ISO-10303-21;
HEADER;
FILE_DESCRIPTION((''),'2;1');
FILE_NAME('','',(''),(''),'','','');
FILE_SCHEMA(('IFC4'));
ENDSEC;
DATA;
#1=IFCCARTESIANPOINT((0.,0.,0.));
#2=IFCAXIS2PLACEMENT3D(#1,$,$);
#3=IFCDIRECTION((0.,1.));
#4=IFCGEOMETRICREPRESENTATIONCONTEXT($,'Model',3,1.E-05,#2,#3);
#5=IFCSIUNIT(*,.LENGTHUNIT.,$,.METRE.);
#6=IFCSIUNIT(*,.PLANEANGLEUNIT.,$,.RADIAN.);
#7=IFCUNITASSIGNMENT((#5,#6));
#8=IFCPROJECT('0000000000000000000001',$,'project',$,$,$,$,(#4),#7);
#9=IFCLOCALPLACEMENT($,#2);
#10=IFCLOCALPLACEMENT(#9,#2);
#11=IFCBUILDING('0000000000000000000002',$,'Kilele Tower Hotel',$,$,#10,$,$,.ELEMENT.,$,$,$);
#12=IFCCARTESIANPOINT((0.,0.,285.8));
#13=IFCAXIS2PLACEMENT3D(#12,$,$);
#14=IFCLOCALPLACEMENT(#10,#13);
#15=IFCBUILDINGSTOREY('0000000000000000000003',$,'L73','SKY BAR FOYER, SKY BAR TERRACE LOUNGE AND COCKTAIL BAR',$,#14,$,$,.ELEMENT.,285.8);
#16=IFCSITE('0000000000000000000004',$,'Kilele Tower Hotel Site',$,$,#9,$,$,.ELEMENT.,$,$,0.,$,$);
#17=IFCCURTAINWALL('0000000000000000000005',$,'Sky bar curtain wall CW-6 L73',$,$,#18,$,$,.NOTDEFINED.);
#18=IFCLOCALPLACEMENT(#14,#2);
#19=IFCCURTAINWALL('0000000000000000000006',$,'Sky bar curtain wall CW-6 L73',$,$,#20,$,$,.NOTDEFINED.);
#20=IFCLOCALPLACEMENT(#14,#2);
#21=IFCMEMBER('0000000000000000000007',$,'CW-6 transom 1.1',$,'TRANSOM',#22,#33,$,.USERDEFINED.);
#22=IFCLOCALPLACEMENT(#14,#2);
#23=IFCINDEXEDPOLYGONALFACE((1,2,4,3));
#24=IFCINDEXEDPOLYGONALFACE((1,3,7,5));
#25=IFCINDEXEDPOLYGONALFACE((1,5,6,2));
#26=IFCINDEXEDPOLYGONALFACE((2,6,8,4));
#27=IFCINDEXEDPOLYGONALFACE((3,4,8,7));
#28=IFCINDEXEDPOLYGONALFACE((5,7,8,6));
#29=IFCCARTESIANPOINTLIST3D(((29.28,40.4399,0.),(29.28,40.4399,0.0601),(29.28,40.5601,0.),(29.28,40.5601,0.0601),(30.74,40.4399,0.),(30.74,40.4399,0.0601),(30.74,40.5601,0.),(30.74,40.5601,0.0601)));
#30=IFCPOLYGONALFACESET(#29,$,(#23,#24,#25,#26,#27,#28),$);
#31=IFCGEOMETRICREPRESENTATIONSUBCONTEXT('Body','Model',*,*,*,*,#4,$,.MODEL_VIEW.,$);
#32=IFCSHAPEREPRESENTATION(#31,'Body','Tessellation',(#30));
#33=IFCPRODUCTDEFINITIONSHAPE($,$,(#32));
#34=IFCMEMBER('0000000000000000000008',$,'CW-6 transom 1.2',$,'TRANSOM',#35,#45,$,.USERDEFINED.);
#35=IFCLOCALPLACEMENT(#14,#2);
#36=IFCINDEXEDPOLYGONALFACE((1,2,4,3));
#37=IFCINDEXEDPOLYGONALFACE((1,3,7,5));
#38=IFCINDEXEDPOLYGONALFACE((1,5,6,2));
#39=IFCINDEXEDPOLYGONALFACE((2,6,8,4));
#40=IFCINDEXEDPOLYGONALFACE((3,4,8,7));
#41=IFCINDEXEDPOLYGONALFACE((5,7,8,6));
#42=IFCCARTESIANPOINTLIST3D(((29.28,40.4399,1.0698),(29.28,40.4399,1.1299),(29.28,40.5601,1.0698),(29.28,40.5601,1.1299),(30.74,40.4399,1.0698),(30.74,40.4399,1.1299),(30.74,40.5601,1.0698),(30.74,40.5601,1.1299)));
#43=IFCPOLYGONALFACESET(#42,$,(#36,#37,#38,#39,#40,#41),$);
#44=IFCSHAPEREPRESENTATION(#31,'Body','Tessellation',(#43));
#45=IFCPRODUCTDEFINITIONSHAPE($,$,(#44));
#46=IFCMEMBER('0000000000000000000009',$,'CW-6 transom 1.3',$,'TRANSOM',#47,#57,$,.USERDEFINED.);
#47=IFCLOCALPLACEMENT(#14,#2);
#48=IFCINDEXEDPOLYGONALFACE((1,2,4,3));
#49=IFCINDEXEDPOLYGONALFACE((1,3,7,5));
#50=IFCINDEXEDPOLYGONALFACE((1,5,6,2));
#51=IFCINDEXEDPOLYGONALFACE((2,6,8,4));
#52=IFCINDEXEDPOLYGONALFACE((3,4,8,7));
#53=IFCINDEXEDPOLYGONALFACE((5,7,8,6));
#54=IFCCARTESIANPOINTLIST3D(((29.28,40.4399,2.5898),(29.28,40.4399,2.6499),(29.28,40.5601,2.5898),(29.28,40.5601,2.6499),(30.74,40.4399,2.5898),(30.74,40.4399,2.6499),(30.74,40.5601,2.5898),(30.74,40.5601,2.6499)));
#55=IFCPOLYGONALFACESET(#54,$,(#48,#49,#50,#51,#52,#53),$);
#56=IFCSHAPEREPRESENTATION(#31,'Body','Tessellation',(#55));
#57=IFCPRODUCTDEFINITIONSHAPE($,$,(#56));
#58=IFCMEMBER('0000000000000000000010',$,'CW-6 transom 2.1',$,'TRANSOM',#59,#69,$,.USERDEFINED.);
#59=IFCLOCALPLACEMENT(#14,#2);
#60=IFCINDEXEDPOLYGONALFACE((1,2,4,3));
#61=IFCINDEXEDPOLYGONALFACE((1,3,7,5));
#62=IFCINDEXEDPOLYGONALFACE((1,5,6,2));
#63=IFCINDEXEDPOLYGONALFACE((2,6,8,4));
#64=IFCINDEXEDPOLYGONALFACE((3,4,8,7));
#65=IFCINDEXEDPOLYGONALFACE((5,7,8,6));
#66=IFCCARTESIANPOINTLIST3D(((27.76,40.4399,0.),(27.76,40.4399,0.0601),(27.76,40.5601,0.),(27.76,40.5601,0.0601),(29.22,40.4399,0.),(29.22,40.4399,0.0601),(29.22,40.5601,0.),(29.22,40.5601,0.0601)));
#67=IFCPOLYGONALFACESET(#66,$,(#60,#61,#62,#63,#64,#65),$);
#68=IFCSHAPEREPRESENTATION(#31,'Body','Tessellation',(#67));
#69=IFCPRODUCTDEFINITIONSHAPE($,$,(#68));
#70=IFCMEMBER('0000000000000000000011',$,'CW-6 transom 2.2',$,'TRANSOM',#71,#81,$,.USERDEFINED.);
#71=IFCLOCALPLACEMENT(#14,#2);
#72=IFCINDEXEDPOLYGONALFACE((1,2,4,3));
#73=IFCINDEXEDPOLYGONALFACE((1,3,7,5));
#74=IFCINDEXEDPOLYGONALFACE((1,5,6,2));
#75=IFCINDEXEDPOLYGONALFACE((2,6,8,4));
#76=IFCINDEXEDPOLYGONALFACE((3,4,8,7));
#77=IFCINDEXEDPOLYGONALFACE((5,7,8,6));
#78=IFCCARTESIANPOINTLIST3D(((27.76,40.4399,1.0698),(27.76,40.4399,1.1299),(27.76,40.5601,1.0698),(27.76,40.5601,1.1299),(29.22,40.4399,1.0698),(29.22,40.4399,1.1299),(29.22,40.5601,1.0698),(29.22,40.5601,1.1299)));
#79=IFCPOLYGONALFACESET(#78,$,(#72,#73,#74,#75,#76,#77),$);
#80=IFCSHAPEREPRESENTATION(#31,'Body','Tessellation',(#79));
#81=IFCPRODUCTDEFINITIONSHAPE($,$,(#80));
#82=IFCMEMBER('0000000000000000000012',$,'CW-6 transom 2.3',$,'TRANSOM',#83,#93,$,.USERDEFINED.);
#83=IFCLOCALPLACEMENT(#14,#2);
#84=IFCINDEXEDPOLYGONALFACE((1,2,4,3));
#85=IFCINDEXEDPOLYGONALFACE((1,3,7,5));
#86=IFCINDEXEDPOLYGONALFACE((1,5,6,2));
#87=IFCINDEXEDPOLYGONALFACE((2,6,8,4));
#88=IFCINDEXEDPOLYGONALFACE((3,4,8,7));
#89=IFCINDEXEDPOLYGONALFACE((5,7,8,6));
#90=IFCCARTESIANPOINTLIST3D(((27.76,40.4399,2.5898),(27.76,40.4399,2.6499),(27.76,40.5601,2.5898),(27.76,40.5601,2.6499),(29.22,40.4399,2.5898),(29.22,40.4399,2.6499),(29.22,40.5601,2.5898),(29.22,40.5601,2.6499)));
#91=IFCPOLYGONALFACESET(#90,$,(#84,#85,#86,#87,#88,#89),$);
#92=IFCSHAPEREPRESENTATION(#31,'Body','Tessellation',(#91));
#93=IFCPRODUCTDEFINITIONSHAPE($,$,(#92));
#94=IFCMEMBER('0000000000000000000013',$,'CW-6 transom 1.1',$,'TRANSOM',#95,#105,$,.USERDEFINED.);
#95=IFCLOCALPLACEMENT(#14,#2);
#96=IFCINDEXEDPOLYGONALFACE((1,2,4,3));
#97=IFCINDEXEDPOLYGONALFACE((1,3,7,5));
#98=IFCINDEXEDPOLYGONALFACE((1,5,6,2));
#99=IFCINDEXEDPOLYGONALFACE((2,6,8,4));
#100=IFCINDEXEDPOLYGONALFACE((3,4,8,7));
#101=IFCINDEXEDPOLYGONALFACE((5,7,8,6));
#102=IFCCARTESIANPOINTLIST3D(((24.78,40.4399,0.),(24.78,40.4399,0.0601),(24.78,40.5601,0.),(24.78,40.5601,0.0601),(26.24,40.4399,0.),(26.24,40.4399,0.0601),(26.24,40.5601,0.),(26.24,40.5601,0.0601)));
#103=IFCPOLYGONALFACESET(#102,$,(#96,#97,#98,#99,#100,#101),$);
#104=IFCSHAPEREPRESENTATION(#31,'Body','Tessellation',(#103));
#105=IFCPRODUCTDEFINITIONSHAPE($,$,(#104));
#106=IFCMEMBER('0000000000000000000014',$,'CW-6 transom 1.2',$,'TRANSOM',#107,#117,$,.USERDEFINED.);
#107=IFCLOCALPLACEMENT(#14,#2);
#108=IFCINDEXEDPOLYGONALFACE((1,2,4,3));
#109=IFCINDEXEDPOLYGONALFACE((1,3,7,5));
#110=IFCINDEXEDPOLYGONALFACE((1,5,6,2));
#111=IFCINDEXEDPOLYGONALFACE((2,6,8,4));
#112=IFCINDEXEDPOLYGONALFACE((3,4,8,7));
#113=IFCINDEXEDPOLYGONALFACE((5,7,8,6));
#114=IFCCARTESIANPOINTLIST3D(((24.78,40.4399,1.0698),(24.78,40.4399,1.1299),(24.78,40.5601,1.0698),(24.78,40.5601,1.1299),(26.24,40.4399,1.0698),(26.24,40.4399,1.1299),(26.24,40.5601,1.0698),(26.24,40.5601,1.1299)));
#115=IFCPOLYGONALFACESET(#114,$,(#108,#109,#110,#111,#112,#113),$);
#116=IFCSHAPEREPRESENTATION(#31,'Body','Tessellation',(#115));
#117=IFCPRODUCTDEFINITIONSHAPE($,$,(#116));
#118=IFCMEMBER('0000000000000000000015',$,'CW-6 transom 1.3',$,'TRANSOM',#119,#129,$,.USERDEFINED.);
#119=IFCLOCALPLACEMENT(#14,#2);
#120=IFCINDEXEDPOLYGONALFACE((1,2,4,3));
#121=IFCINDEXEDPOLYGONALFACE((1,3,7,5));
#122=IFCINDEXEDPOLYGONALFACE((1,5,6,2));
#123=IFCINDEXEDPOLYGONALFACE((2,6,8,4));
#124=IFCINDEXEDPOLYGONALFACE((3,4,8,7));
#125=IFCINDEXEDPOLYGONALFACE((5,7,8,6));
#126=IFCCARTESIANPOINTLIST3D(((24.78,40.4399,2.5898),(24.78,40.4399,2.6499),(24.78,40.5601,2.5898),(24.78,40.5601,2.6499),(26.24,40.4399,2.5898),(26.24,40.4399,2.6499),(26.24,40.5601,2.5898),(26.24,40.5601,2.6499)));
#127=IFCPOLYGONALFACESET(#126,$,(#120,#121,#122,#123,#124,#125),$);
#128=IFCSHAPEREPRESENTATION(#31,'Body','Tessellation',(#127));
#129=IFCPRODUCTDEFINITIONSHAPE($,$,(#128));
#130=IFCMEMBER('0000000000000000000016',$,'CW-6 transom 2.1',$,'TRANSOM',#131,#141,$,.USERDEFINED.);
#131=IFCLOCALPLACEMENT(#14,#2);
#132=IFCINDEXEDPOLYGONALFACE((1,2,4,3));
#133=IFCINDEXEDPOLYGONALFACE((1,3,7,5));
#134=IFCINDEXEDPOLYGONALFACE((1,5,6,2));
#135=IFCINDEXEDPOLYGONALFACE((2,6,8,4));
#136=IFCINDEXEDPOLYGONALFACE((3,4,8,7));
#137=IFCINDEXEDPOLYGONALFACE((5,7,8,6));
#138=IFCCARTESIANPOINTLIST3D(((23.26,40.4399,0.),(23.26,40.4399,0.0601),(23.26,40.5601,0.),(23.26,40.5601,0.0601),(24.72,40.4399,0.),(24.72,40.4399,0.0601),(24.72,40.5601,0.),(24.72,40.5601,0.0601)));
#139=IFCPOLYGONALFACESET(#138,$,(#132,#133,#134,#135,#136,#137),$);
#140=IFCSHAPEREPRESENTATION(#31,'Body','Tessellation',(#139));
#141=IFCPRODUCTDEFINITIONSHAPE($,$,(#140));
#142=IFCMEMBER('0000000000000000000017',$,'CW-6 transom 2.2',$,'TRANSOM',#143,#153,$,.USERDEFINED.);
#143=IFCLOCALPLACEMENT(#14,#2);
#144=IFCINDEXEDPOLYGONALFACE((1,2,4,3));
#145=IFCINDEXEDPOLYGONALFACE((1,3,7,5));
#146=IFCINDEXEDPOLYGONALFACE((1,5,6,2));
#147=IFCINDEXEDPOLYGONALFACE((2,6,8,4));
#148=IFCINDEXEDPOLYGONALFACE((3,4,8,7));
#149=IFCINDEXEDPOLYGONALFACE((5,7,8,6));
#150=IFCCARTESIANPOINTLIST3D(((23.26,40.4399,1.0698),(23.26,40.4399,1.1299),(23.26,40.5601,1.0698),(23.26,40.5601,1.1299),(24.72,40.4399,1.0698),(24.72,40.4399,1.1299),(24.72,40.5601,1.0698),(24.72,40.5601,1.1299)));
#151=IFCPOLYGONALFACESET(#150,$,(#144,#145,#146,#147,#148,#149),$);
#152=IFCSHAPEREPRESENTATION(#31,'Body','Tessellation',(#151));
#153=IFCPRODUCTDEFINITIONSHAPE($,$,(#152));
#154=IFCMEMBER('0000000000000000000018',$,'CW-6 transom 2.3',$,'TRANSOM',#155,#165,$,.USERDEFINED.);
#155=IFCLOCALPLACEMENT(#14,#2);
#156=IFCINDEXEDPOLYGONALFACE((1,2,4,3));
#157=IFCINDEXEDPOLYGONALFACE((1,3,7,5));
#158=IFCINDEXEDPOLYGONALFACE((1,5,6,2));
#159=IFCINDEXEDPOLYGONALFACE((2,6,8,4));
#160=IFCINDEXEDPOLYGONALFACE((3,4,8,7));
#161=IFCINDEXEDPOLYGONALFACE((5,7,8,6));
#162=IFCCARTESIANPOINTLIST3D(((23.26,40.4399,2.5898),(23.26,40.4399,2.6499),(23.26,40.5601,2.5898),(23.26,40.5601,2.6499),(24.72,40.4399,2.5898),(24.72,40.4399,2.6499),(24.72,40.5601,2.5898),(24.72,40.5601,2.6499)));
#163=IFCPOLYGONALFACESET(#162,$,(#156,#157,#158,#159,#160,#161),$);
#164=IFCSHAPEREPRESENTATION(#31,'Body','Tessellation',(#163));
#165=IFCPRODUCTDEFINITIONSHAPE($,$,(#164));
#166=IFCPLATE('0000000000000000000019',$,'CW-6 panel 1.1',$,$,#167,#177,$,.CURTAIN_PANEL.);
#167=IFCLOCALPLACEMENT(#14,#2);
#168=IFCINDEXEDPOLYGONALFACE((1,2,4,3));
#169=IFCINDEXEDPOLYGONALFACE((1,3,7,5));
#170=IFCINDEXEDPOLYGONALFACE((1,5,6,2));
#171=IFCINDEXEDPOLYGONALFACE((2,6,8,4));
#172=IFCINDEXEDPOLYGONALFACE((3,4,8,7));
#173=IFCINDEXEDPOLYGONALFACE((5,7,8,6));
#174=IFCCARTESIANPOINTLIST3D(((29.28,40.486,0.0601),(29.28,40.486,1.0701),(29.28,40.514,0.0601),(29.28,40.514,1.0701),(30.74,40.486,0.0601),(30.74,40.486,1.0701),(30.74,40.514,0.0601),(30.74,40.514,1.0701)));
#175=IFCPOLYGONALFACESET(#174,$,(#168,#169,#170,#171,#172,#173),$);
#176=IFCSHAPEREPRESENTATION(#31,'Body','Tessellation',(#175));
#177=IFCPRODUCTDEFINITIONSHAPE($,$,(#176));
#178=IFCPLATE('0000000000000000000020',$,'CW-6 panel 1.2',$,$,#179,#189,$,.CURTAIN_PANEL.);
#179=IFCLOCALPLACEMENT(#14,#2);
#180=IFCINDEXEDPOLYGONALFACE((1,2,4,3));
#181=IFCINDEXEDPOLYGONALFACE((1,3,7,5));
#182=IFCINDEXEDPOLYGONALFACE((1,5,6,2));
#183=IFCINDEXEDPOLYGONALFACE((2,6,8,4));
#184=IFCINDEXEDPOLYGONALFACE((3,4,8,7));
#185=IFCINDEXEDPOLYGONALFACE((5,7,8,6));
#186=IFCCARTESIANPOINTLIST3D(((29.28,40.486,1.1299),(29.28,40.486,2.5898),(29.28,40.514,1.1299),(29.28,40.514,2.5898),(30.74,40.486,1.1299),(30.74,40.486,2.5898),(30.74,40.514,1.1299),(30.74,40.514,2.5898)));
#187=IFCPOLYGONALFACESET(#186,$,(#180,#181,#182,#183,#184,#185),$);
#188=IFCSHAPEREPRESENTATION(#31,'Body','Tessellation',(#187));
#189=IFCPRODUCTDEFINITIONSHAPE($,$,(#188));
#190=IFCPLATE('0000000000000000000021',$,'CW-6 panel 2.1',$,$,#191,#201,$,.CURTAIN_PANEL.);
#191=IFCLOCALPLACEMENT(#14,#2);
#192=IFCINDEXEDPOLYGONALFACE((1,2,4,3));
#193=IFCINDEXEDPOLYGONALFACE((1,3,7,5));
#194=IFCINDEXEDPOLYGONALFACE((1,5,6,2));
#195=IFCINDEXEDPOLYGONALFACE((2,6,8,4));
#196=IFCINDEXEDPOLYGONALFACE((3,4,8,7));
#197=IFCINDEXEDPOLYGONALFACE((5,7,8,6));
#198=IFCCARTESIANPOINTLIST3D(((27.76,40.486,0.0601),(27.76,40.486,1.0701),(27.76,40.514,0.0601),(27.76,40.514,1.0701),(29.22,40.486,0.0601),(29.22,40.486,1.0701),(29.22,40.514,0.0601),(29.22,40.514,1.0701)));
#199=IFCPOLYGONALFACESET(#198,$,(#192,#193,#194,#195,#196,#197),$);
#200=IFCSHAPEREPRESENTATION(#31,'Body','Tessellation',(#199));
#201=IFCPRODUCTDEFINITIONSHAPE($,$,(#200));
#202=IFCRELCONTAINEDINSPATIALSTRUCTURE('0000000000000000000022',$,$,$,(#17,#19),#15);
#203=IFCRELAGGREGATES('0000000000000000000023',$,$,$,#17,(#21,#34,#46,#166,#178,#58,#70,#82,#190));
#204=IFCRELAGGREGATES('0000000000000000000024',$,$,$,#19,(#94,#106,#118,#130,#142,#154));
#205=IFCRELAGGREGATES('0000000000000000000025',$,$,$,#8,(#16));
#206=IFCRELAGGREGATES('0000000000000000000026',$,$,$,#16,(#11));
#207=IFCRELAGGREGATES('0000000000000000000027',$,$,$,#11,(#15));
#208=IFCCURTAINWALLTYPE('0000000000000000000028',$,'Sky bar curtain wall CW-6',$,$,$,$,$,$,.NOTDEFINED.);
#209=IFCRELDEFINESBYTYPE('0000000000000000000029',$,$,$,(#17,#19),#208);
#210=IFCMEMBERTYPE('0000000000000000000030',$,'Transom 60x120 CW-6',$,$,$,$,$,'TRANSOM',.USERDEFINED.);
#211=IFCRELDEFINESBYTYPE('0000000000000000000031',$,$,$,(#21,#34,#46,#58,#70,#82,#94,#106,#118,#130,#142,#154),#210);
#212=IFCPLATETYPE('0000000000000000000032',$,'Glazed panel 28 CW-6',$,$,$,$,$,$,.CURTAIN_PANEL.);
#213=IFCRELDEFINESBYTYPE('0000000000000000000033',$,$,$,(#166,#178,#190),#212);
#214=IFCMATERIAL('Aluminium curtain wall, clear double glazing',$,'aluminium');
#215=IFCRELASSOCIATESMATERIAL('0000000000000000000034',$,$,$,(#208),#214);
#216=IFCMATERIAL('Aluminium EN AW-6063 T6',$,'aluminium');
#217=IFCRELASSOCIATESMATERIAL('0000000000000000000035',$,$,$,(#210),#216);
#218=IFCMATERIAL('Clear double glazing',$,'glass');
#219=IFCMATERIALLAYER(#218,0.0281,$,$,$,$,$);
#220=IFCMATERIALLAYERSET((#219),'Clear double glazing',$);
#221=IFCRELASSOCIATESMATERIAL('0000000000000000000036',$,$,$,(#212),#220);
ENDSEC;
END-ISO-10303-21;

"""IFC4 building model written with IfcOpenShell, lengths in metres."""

from ifc_helpers import new_model, si_unit, direction, frame, origin, origin_2d, place, context, subcontext, project, spatial, rectangle, extrude, material, layer, layer_set, material_profile, profile_set, type_object, element, aggregate, save


model = new_model("IFC4")

# Units and contexts
model_context = context("Model", 3, precision=1e-05, world=origin(), true_north=direction((0.0, 1.0)))
body_context = subcontext(model_context, "Body", "Model", "MODEL_VIEW")
ifc_project = project(units=[si_unit("LENGTHUNIT", "METRE"), si_unit("PLANEANGLEUNIT", "RADIAN")], contexts=[model_context])

# Site, building, storey
site_placement = place(None, origin())
site = spatial("IfcSite", under=ifc_project, at=site_placement, Name="Kilele Tower Hotel Site", CompositionType="ELEMENT", RefElevation=0.0)
building_placement = place(site_placement, origin())
building = spatial("IfcBuilding", under=site, at=building_placement, Name="Kilele Tower Hotel", CompositionType="ELEMENT")
storey_placement = place(building_placement, frame((0.0, 0.0, 285.8)))
storey = spatial("IfcBuildingStorey", under=building, at=storey_placement, Name="L73", Description="SKY BAR FOYER, SKY BAR TERRACE LOUNGE AND COCKTAIL BAR", CompositionType="ELEMENT", Elevation=285.8)

# Shared definitions
ifc_material_1 = material(Name="Aluminium curtain wall, clear double glazing", Category="aluminium")
curtain_wall_type = type_object("IfcCurtainWallType", Name="Sky bar curtain wall CW-6", PredefinedType="NOTDEFINED", material=ifc_material_1)

# Curtain walls
curtain_wall_1_placement = place(storey_placement, origin())
curtain_wall_1 = element("IfcCurtainWall", 1, at=curtain_wall_1_placement, inside=storey, type_object=curtain_wall_type, Name="Sky bar curtain wall CW-6 L73", PredefinedType="NOTDEFINED")
curtain_wall_2_placement = place(storey_placement, origin())
curtain_wall_2 = element("IfcCurtainWall", 2, at=curtain_wall_2_placement, inside=storey, type_object=curtain_wall_type, Name="Sky bar curtain wall CW-6 L73", PredefinedType="NOTDEFINED")

# Members
ifc_material_2 = material(Name="Aluminium EN AW-6063 T6", Category="aluminium")
ifc_material_profile_1 = material_profile(ifc_material_2, rectangle(XDim=0.1201, YDim=0.0601, at=origin_2d()))
ifc_profile_set_1 = profile_set([ifc_material_profile_1], Name="Aluminium EN AW-6063 T6")
member_type_1 = type_object("IfcMemberType", Name="Transom 60x120 CW-6", ElementType="TRANSOM", PredefinedType="USERDEFINED", material=ifc_profile_set_1)
member_1_placement = place(storey_placement, frame((30.74, 40.5, 0.03), z_axis=(-1.0, 0.0, 0.0), x_axis=(0.0, -1.0, 0.0)))
member_1 = element("IfcMember", 3, at=member_1_placement, type_object=member_type_1, Name="CW-6 transom 1.1", ObjectType="TRANSOM", PredefinedType="USERDEFINED", context=body_context, shape_type="SweptSolid", body=[
    extrude(rectangle(XDim=0.1201, YDim=0.0601, at=origin_2d()), origin(), (0.0, 0.0, 1.0), 1.46),
])
member_2_placement = place(storey_placement, frame((30.74, 40.5, 1.0999), z_axis=(-1.0, 0.0, 0.0), x_axis=(0.0, -1.0, 0.0)))
member_2 = element("IfcMember", 4, at=member_2_placement, type_object=member_type_1, Name="CW-6 transom 1.2", ObjectType="TRANSOM", PredefinedType="USERDEFINED", context=body_context, shape_type="SweptSolid", body=[
    extrude(rectangle(XDim=0.1201, YDim=0.0601, at=origin_2d()), origin(), (0.0, 0.0, 1.0), 1.46),
])
member_3_placement = place(storey_placement, frame((30.74, 40.5, 2.6199), z_axis=(-1.0, 0.0, 0.0), x_axis=(0.0, -1.0, 0.0)))
member_3 = element("IfcMember", 5, at=member_3_placement, type_object=member_type_1, Name="CW-6 transom 1.3", ObjectType="TRANSOM", PredefinedType="USERDEFINED", context=body_context, shape_type="SweptSolid", body=[
    extrude(rectangle(XDim=0.1201, YDim=0.0601, at=origin_2d()), origin(), (0.0, 0.0, 1.0), 1.46),
])
member_4_placement = place(storey_placement, frame((29.22, 40.5, 0.03), z_axis=(-1.0, 0.0, 0.0), x_axis=(0.0, -1.0, 0.0)))
member_4 = element("IfcMember", 6, at=member_4_placement, type_object=member_type_1, Name="CW-6 transom 2.1", ObjectType="TRANSOM", PredefinedType="USERDEFINED", context=body_context, shape_type="SweptSolid", body=[
    extrude(rectangle(XDim=0.1201, YDim=0.0601, at=origin_2d()), origin(), (0.0, 0.0, 1.0), 1.46),
])
member_5_placement = place(storey_placement, frame((29.22, 40.5, 1.0999), z_axis=(-1.0, 0.0, 0.0), x_axis=(0.0, -1.0, 0.0)))
member_5 = element("IfcMember", 7, at=member_5_placement, type_object=member_type_1, Name="CW-6 transom 2.2", ObjectType="TRANSOM", PredefinedType="USERDEFINED", context=body_context, shape_type="SweptSolid", body=[
    extrude(rectangle(XDim=0.1201, YDim=0.0601, at=origin_2d()), origin(), (0.0, 0.0, 1.0), 1.46),
])
member_6_placement = place(storey_placement, frame((29.22, 40.5, 2.6199), z_axis=(-1.0, 0.0, 0.0), x_axis=(0.0, -1.0, 0.0)))
member_6 = element("IfcMember", 8, at=member_6_placement, type_object=member_type_1, Name="CW-6 transom 2.3", ObjectType="TRANSOM", PredefinedType="USERDEFINED", context=body_context, shape_type="SweptSolid", body=[
    extrude(rectangle(XDim=0.1201, YDim=0.0601, at=origin_2d()), origin(), (0.0, 0.0, 1.0), 1.46),
])
member_7_placement = place(storey_placement, frame((26.24, 40.5, 0.03), z_axis=(-1.0, 0.0, 0.0), x_axis=(0.0, -1.0, 0.0)))
member_7 = element("IfcMember", 9, at=member_7_placement, type_object=member_type_1, Name="CW-6 transom 1.1", ObjectType="TRANSOM", PredefinedType="USERDEFINED", context=body_context, shape_type="SweptSolid", body=[
    extrude(rectangle(XDim=0.1201, YDim=0.0601, at=origin_2d()), origin(), (0.0, 0.0, 1.0), 1.46),
])
member_8_placement = place(storey_placement, frame((26.24, 40.5, 1.0999), z_axis=(-1.0, 0.0, 0.0), x_axis=(0.0, -1.0, 0.0)))
member_8 = element("IfcMember", 10, at=member_8_placement, type_object=member_type_1, Name="CW-6 transom 1.2", ObjectType="TRANSOM", PredefinedType="USERDEFINED", context=body_context, shape_type="SweptSolid", body=[
    extrude(rectangle(XDim=0.1201, YDim=0.0601, at=origin_2d()), origin(), (0.0, 0.0, 1.0), 1.46),
])
member_9_placement = place(storey_placement, frame((26.24, 40.5, 2.6199), z_axis=(-1.0, 0.0, 0.0), x_axis=(0.0, -1.0, 0.0)))
member_9 = element("IfcMember", 11, at=member_9_placement, type_object=member_type_1, Name="CW-6 transom 1.3", ObjectType="TRANSOM", PredefinedType="USERDEFINED", context=body_context, shape_type="SweptSolid", body=[
    extrude(rectangle(XDim=0.1201, YDim=0.0601, at=origin_2d()), origin(), (0.0, 0.0, 1.0), 1.46),
])
member_10_placement = place(storey_placement, frame((24.72, 40.5, 0.03), z_axis=(-1.0, 0.0, 0.0), x_axis=(0.0, -1.0, 0.0)))
member_10 = element("IfcMember", 12, at=member_10_placement, type_object=member_type_1, Name="CW-6 transom 2.1", ObjectType="TRANSOM", PredefinedType="USERDEFINED", context=body_context, shape_type="SweptSolid", body=[
    extrude(rectangle(XDim=0.1201, YDim=0.0601, at=origin_2d()), origin(), (0.0, 0.0, 1.0), 1.46),
])
member_11_placement = place(storey_placement, frame((24.72, 40.5, 1.0999), z_axis=(-1.0, 0.0, 0.0), x_axis=(0.0, -1.0, 0.0)))
member_11 = element("IfcMember", 13, at=member_11_placement, type_object=member_type_1, Name="CW-6 transom 2.2", ObjectType="TRANSOM", PredefinedType="USERDEFINED", context=body_context, shape_type="SweptSolid", body=[
    extrude(rectangle(XDim=0.1201, YDim=0.0601, at=origin_2d()), origin(), (0.0, 0.0, 1.0), 1.46),
])
member_12_placement = place(storey_placement, frame((24.72, 40.5, 2.6199), z_axis=(-1.0, 0.0, 0.0), x_axis=(0.0, -1.0, 0.0)))
member_12 = element("IfcMember", 14, at=member_12_placement, type_object=member_type_1, Name="CW-6 transom 2.3", ObjectType="TRANSOM", PredefinedType="USERDEFINED", context=body_context, shape_type="SweptSolid", body=[
    extrude(rectangle(XDim=0.1201, YDim=0.0601, at=origin_2d()), origin(), (0.0, 0.0, 1.0), 1.46),
])

# Plates
ifc_material_3 = material(Name="Clear double glazing", Category="glass")
ifc_layer = layer(ifc_material_3, 0.0281)
ifc_layer_set = layer_set([ifc_layer], Name="Clear double glazing")
plate_type = type_object("IfcPlateType", Name="Glazed panel 28 CW-6", PredefinedType="CURTAIN_PANEL", material=ifc_layer_set)
plate_1_placement = place(storey_placement, frame((30.01, 40.5, 0.0601), z_axis=(0.0, 0.0, 1.0), x_axis=(-1.0, 0.0, 0.0)))
plate_1 = element("IfcPlate", 15, at=plate_1_placement, type_object=plate_type, Name="CW-6 panel 1.1", PredefinedType="CURTAIN_PANEL", context=body_context, shape_type="SweptSolid", body=[
    extrude(rectangle(XDim=1.46, YDim=0.0281, at=origin_2d()), origin(), (0.0, 0.0, 1.0), 1.01),
])
plate_2_placement = place(storey_placement, frame((30.01, 40.5, 1.1299), z_axis=(0.0, 0.0, 1.0), x_axis=(-1.0, 0.0, 0.0)))
plate_2 = element("IfcPlate", 16, at=plate_2_placement, type_object=plate_type, Name="CW-6 panel 1.2", PredefinedType="CURTAIN_PANEL", context=body_context, shape_type="SweptSolid", body=[
    extrude(rectangle(XDim=1.46, YDim=0.0281, at=origin_2d()), origin(), (0.0, 0.0, 1.0), 1.46),
])
plate_3_placement = place(storey_placement, frame((28.49, 40.5, 0.0601), z_axis=(0.0, 0.0, 1.0), x_axis=(-1.0, 0.0, 0.0)))
plate_3 = element("IfcPlate", 17, at=plate_3_placement, type_object=plate_type, Name="CW-6 panel 2.1", PredefinedType="CURTAIN_PANEL", context=body_context, shape_type="SweptSolid", body=[
    extrude(rectangle(XDim=1.46, YDim=0.0281, at=origin_2d()), origin(), (0.0, 0.0, 1.0), 1.01),
])
aggregate(curtain_wall_1, [member_1, member_2, member_3, plate_1, plate_2, member_4, member_5, member_6, plate_3])
aggregate(curtain_wall_2, [member_7, member_8, member_9, member_10, member_11, member_12])

save(model, "model.ifc")
